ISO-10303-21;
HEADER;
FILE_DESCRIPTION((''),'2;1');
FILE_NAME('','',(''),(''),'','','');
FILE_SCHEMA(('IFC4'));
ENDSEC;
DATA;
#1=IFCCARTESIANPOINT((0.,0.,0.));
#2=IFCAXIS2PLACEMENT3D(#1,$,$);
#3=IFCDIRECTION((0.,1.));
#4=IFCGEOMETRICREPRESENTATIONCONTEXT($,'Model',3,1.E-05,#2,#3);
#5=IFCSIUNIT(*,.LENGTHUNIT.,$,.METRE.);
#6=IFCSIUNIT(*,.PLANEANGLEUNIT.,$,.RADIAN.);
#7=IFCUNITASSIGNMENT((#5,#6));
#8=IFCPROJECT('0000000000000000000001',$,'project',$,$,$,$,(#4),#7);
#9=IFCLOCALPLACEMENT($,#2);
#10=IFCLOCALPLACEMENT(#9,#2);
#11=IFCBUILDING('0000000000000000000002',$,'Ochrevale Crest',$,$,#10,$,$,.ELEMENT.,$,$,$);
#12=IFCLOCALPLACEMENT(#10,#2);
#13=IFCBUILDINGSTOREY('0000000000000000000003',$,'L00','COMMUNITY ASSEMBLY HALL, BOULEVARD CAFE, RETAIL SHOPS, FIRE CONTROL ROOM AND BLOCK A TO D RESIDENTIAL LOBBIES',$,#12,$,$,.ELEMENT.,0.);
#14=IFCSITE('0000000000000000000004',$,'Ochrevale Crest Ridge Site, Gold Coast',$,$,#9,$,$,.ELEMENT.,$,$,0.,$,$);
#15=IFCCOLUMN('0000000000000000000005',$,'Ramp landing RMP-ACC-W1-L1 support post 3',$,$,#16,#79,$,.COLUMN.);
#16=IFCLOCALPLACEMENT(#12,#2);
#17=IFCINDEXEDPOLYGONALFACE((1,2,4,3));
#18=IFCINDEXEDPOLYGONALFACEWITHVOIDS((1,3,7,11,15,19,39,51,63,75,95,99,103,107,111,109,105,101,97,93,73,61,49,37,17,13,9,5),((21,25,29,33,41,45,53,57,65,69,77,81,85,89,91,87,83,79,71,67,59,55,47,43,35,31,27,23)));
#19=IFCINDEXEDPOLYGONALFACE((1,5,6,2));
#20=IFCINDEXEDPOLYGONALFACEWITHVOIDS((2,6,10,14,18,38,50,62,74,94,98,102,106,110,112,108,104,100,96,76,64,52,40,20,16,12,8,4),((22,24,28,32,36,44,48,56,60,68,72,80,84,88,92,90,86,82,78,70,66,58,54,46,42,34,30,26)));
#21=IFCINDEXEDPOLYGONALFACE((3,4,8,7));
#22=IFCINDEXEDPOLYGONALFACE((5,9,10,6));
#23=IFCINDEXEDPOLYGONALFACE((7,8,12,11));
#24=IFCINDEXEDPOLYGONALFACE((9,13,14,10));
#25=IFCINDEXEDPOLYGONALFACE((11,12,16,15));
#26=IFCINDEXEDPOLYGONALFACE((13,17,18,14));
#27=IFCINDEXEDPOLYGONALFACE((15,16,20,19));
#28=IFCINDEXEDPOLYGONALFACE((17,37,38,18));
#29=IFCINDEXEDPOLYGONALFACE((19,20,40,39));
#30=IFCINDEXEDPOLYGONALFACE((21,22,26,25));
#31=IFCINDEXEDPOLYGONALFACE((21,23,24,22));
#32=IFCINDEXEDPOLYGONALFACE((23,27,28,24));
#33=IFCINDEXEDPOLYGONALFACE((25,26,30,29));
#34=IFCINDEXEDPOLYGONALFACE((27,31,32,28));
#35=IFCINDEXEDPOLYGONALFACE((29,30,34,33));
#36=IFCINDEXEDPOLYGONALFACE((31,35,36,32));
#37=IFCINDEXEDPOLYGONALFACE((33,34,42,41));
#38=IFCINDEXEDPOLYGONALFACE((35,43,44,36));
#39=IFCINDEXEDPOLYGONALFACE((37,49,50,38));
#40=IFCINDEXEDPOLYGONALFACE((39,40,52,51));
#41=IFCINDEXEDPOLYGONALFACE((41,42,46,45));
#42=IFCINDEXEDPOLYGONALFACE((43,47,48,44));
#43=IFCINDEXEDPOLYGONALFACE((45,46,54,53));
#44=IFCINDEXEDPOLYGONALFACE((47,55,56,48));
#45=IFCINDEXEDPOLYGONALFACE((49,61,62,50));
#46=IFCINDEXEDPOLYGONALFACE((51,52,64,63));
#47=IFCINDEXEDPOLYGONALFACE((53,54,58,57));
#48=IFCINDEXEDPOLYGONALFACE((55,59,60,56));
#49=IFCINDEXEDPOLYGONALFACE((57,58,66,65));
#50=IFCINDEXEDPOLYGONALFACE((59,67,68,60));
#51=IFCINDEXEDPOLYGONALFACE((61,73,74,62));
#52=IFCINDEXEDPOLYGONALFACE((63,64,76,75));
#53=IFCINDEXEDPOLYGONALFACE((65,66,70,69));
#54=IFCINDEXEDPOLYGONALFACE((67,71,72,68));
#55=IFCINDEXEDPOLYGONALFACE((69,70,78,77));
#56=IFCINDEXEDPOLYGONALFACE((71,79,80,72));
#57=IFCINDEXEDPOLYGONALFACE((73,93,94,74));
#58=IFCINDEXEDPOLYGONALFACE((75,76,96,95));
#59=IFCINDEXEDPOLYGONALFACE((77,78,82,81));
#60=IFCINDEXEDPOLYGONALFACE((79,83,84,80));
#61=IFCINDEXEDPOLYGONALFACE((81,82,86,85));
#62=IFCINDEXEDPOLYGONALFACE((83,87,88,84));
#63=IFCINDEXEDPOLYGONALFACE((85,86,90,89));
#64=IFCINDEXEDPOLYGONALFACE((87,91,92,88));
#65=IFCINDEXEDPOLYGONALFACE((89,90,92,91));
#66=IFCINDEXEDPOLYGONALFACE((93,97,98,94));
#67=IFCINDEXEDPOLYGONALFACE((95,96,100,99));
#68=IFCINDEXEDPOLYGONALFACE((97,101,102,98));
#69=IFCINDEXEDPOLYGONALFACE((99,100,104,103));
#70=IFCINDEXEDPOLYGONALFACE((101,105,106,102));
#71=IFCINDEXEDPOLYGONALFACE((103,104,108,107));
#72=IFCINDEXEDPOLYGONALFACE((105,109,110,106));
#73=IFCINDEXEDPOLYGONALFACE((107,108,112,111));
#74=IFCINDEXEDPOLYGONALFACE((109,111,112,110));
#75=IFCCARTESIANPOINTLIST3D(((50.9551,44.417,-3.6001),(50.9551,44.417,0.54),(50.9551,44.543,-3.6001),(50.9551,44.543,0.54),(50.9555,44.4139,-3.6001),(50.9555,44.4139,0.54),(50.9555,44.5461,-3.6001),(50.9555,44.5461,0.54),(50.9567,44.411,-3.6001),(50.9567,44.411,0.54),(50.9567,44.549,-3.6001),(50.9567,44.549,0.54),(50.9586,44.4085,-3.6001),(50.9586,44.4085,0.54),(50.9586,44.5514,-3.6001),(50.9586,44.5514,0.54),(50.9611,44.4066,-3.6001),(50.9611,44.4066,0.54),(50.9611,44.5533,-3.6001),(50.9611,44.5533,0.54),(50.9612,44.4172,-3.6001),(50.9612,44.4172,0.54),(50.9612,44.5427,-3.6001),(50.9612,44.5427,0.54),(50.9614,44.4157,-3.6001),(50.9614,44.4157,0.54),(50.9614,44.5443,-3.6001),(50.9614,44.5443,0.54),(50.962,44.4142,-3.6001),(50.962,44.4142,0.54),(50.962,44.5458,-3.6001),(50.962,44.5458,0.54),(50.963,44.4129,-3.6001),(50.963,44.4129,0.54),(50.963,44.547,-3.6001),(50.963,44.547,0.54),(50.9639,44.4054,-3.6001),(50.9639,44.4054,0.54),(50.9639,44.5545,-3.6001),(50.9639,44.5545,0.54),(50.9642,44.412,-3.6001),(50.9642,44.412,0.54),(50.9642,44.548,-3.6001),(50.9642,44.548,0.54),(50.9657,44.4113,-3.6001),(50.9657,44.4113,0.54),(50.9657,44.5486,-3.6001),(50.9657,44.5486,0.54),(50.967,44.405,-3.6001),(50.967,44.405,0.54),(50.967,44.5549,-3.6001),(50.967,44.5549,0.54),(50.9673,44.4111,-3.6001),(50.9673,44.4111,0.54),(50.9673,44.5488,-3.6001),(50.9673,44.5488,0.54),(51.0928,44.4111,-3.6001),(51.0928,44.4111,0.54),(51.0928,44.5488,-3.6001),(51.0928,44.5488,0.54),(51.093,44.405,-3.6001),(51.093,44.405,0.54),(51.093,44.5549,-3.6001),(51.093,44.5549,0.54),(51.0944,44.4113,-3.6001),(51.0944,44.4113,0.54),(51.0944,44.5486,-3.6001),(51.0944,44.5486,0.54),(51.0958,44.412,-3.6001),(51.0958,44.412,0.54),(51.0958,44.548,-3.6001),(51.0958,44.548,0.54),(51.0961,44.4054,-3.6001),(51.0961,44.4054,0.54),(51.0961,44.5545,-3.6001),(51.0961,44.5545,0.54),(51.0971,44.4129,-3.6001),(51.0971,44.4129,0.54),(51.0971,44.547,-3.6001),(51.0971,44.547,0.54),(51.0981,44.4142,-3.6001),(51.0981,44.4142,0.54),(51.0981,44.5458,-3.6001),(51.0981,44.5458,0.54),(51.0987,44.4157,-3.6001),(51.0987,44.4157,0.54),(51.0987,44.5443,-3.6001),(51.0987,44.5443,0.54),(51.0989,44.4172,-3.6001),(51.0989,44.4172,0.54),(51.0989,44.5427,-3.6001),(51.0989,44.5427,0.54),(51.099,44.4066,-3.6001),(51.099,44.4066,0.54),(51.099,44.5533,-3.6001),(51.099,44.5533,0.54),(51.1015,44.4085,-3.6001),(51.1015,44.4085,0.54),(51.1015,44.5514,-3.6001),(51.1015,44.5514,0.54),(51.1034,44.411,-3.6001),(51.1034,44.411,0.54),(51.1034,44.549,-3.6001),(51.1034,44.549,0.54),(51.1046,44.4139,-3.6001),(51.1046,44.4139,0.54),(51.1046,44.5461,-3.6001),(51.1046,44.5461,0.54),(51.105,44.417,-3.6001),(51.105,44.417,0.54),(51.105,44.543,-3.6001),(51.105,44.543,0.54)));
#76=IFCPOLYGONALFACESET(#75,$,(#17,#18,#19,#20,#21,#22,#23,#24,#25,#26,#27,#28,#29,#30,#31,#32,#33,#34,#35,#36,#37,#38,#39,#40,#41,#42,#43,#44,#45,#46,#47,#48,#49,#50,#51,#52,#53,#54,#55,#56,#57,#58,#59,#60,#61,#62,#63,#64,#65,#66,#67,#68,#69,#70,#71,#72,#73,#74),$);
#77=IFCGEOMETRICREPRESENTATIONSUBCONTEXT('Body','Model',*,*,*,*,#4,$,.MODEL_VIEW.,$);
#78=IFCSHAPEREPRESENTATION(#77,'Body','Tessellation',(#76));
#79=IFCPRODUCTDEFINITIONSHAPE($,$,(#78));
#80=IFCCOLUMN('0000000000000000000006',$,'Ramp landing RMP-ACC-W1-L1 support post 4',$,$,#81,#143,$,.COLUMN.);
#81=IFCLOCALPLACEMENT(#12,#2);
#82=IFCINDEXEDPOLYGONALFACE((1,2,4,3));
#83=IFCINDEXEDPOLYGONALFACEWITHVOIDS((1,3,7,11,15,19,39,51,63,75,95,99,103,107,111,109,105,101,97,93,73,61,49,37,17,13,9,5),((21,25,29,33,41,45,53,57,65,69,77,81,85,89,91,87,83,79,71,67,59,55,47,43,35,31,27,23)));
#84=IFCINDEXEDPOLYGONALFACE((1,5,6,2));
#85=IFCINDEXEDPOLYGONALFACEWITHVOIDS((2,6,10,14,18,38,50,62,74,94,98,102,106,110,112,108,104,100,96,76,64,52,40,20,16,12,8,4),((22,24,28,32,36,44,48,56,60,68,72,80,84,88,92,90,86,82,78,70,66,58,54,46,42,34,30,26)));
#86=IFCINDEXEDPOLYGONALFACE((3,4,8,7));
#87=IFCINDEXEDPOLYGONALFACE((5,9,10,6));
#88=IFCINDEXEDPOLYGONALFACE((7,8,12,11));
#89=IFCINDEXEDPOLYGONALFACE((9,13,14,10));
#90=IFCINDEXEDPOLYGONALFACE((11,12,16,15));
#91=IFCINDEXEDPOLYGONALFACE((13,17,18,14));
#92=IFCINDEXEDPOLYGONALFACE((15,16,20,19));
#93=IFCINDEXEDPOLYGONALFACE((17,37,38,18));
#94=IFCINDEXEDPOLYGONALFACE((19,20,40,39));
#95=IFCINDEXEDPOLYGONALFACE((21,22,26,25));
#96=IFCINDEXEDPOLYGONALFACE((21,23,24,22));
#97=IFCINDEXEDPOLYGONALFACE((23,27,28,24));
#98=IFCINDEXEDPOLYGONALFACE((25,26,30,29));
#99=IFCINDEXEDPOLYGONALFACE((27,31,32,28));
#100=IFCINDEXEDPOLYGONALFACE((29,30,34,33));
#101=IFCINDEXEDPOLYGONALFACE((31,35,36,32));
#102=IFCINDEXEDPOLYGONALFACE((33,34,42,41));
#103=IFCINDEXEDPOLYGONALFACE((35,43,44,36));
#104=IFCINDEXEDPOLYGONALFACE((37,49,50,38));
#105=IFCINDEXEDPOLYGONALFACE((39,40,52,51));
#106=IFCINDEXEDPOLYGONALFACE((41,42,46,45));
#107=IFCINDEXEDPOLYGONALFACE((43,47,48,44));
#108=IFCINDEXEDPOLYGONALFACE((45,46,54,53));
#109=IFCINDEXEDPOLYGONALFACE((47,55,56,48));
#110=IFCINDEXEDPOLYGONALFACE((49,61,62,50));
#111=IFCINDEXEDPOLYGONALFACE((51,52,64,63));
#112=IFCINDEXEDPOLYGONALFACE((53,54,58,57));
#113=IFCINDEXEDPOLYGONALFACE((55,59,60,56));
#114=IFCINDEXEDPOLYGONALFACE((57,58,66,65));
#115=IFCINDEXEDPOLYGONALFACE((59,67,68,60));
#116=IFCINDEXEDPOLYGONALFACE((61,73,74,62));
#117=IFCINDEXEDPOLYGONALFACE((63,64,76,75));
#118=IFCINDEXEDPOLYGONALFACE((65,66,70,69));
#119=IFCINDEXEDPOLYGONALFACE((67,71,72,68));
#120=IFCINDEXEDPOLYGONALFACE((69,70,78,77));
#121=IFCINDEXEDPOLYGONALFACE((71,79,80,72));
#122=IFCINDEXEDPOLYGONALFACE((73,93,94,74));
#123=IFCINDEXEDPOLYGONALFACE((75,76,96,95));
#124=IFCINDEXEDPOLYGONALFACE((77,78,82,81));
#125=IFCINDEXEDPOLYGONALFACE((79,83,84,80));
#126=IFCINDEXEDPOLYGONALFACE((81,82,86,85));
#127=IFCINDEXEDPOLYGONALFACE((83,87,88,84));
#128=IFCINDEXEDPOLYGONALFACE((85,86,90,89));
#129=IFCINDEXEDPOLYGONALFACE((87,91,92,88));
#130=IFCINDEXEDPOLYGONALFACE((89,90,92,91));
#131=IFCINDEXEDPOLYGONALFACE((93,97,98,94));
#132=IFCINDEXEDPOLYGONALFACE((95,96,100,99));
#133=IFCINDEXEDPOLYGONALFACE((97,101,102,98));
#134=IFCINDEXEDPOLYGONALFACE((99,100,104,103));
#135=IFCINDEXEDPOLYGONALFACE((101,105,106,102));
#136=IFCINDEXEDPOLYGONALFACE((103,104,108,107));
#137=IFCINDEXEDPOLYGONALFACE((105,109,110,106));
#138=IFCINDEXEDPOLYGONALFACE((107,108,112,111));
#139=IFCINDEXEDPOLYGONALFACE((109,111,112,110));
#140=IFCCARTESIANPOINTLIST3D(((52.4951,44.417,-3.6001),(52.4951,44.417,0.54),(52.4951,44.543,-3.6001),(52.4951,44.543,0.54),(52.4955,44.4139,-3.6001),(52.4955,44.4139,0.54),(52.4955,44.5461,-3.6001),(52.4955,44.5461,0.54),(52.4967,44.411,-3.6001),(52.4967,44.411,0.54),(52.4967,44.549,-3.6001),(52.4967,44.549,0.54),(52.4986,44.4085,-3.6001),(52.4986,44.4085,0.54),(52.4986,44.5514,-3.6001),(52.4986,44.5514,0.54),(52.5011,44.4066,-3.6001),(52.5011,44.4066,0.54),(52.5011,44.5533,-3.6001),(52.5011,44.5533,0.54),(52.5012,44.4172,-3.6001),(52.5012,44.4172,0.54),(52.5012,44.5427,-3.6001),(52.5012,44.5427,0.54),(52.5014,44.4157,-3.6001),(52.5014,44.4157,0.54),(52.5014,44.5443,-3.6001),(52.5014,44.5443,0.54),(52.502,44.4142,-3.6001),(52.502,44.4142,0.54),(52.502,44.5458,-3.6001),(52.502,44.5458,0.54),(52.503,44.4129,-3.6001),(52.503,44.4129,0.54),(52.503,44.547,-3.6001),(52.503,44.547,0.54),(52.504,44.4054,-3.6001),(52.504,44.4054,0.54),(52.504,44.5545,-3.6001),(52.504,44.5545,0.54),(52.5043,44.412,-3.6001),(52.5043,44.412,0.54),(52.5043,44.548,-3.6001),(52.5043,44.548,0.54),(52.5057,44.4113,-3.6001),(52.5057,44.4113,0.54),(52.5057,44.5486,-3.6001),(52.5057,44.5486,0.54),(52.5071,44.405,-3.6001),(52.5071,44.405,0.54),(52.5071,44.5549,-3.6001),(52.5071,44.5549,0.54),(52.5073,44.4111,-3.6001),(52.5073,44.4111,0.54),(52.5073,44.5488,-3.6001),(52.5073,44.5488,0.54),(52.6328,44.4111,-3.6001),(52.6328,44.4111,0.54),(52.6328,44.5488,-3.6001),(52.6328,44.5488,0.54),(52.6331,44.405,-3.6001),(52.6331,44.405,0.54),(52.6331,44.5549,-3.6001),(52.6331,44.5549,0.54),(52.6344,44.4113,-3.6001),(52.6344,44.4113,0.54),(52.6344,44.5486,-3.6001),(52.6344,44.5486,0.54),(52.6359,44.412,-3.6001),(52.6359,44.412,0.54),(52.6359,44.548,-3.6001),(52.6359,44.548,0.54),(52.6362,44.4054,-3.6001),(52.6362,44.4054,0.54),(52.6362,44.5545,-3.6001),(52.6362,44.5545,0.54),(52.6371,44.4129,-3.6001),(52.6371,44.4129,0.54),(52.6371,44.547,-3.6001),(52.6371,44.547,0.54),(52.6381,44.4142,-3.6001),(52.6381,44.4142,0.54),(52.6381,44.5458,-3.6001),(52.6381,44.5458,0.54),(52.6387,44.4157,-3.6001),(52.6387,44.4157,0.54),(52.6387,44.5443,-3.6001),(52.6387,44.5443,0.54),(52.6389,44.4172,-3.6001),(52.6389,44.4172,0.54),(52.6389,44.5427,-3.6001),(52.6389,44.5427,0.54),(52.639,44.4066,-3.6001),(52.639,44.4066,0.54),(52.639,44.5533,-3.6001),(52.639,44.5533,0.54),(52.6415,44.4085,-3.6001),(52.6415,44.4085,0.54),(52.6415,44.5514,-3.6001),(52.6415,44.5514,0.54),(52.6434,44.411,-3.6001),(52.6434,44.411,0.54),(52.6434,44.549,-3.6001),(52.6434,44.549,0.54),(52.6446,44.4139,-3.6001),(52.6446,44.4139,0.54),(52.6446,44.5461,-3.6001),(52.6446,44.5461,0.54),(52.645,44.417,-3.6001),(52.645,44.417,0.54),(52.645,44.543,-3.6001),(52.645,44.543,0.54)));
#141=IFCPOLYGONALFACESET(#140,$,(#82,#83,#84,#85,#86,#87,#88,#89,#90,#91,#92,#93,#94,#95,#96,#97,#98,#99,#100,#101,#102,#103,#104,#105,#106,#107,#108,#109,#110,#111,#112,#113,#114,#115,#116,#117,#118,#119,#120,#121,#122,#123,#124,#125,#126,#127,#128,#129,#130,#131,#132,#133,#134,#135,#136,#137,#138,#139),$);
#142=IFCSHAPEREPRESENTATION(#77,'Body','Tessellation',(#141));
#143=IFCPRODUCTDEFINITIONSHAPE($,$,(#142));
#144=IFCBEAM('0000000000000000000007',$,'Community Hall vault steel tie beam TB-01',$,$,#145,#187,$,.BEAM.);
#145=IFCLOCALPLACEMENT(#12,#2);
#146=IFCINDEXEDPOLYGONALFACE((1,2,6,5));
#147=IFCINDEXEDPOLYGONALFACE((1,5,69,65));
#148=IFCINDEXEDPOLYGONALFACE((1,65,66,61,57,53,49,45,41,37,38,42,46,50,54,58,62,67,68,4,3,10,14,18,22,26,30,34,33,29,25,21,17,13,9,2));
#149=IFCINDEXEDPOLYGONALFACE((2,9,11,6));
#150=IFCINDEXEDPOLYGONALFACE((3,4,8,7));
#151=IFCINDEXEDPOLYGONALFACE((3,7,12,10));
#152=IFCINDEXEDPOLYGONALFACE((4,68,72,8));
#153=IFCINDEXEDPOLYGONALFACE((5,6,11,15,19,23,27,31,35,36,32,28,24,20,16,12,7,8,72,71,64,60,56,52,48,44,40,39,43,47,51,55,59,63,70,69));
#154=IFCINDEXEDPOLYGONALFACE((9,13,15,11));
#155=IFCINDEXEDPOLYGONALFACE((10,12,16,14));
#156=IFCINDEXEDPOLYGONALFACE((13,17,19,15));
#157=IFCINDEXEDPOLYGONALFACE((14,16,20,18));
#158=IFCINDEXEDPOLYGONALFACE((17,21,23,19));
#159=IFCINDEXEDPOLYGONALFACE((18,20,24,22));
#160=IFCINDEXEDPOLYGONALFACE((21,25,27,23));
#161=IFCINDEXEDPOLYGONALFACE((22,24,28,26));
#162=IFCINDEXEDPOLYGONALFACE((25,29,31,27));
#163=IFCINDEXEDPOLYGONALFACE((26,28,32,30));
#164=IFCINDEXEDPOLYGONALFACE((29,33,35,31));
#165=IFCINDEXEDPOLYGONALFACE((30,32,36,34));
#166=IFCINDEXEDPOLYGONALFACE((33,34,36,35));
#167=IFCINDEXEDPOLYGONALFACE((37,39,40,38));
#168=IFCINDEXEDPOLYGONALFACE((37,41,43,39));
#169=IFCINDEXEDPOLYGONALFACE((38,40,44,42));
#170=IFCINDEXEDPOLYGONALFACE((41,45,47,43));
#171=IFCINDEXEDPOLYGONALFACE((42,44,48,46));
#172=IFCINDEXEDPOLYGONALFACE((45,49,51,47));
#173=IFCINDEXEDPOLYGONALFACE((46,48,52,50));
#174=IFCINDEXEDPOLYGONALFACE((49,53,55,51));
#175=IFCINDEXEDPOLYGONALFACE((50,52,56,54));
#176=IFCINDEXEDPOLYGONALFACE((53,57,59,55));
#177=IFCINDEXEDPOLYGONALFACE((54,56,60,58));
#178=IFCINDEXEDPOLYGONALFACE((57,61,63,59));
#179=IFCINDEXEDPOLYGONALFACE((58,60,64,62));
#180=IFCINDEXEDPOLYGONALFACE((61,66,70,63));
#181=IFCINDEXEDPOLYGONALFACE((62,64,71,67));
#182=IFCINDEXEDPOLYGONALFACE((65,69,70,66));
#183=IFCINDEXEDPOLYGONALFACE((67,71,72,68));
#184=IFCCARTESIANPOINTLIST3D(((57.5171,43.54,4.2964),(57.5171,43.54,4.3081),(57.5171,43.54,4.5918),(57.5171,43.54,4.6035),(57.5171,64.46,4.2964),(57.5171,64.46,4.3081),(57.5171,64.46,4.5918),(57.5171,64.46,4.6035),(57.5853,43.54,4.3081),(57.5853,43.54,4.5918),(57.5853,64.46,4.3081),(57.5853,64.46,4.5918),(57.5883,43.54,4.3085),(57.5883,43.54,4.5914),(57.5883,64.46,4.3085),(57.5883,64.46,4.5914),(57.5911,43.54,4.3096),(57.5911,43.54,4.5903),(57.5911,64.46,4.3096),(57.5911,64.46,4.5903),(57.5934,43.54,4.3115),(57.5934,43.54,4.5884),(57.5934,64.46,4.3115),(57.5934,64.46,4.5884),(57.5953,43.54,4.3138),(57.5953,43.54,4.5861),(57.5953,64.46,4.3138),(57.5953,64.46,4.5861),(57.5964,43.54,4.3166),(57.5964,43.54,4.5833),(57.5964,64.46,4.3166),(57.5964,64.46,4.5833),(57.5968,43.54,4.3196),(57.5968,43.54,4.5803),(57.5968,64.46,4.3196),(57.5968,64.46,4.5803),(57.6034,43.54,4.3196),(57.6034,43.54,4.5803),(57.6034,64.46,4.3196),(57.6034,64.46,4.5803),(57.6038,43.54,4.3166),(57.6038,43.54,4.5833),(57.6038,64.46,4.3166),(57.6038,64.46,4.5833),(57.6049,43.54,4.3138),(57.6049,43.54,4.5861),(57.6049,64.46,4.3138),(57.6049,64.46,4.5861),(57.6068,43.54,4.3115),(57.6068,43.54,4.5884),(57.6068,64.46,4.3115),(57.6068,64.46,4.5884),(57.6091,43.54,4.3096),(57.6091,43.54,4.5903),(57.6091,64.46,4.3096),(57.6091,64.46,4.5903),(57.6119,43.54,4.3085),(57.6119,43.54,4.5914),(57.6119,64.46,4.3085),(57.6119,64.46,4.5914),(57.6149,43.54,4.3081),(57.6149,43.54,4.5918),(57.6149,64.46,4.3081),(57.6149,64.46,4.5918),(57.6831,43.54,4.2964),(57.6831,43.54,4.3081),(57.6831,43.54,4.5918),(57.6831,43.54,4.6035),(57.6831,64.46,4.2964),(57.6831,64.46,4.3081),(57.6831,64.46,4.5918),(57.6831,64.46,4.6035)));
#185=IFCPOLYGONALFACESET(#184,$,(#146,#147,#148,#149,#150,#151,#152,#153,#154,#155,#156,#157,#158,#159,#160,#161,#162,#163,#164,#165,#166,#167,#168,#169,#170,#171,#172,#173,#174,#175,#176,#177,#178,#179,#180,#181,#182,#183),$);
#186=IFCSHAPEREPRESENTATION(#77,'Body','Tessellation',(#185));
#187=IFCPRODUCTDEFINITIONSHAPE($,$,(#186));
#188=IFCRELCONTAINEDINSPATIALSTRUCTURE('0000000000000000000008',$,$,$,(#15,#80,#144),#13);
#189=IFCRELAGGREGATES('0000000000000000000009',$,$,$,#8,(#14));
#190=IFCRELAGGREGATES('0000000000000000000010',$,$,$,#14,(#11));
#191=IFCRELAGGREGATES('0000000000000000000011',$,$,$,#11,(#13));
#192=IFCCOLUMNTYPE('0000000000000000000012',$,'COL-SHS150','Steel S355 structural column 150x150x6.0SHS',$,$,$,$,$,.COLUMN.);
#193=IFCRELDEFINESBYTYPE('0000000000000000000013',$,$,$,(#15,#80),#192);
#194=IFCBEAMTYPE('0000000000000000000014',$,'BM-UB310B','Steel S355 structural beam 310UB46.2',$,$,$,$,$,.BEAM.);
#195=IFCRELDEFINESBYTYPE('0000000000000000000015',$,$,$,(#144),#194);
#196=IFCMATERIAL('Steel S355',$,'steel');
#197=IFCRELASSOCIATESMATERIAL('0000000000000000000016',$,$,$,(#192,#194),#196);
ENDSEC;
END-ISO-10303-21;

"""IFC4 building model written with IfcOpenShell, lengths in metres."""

from ifc_helpers import new_model, si_unit, direction, frame, origin, origin_2d, place, context, subcontext, project, spatial, hollow_rectangle, i_section, extrude, material, material_profile, profile_set, type_object, element, save


model = new_model("IFC4")

# Units and contexts
model_context = context("Model", 3, precision=1e-05, world=origin(), true_north=direction((0.0, 1.0)))
body_context = subcontext(model_context, "Body", "Model", "MODEL_VIEW")
ifc_project = project(units=[si_unit("LENGTHUNIT", "METRE"), si_unit("PLANEANGLEUNIT", "RADIAN")], contexts=[model_context])

# Site, building, storey
site_placement = place(None, origin())
site = spatial("IfcSite", under=ifc_project, at=site_placement, Name="Ochrevale Crest Ridge Site, Gold Coast", CompositionType="ELEMENT", RefElevation=0.0)
building_placement = place(site_placement, origin())
building = spatial("IfcBuilding", under=site, at=building_placement, Name="Ochrevale Crest", CompositionType="ELEMENT")
storey_placement = place(building_placement, origin())
storey = spatial("IfcBuildingStorey", under=building, at=storey_placement, Name="L00", Description="COMMUNITY ASSEMBLY HALL, BOULEVARD CAFE, RETAIL SHOPS, FIRE CONTROL ROOM AND BLOCK A TO D RESIDENTIAL LOBBIES", CompositionType="ELEMENT", Elevation=0.0)

# Columns
ifc_material_1 = material(Name="Steel S355", Category="steel")
ifc_material_profile_1 = material_profile(ifc_material_1, hollow_rectangle(XDim=0.1499, YDim=0.1499, WallThickness=0.0061, InnerFilletRadius=0.0061, OuterFilletRadius=0.012, at=origin_2d()), Name="150x150x6.0SHS")
ifc_profile_set_1 = profile_set([ifc_material_profile_1], Name="Steel S355")
column_type_1 = type_object("IfcColumnType", Name="COL-SHS150", Description="Steel S355 structural column 150x150x6.0SHS", PredefinedType="COLUMN", material=ifc_profile_set_1)
for number, where, z_axis, x_axis, name in (
    (1, (51.03, 44.48, -3.6001), (0.0, 0.0, 1.0), (1.0, 0.0, 0.0), "Ramp landing RMP-ACC-W1-L1 support post 3"),
    (2, (52.5701, 44.48, -3.6001), (0.0, 0.0, 1.0), (1.0, 0.0, 0.0), "Ramp landing RMP-ACC-W1-L1 support post 4"),
):
    element("IfcColumn", number, at=place(storey_placement, frame(where, z_axis=z_axis, x_axis=x_axis)), inside=storey, type_object=column_type_1, Name=name, PredefinedType="COLUMN", context=body_context, shape_type="SweptSolid", body=[
        extrude(hollow_rectangle(XDim=0.1499, YDim=0.1499, WallThickness=0.0061, InnerFilletRadius=0.0061, OuterFilletRadius=0.012, at=origin_2d()), origin(), (0.0, 0.0, 1.0), 4.1401),
    ])

# Beam
ifc_material_profile_2 = material_profile(ifc_material_1, i_section(OverallWidth=0.166, OverallDepth=0.3071, WebThickness=0.0066, FlangeThickness=0.0117, FilletRadius=0.0115, at=origin_2d()), Name="310UB46.2")
ifc_profile_set_2 = profile_set([ifc_material_profile_2], Name="Steel S355")
beam_type = type_object("IfcBeamType", Name="BM-UB310B", Description="Steel S355 structural beam 310UB46.2", PredefinedType="BEAM", material=ifc_profile_set_2)
beam_placement = place(storey_placement, frame((57.6001, 43.54, 4.45), z_axis=(0.0, 1.0, 0.0), x_axis=(-1.0, 0.0, 0.0)))
element("IfcBeam", 3, at=beam_placement, inside=storey, type_object=beam_type, Name="Community Hall vault steel tie beam TB-01", PredefinedType="BEAM", context=body_context, shape_type="SweptSolid", body=[
    extrude(i_section(OverallWidth=0.166, OverallDepth=0.3071, WebThickness=0.0066, FlangeThickness=0.0117, FilletRadius=0.0115, at=origin_2d()), origin(), (0.0, 0.0, 1.0), 20.9199),
])

save(model, "model.ifc")
